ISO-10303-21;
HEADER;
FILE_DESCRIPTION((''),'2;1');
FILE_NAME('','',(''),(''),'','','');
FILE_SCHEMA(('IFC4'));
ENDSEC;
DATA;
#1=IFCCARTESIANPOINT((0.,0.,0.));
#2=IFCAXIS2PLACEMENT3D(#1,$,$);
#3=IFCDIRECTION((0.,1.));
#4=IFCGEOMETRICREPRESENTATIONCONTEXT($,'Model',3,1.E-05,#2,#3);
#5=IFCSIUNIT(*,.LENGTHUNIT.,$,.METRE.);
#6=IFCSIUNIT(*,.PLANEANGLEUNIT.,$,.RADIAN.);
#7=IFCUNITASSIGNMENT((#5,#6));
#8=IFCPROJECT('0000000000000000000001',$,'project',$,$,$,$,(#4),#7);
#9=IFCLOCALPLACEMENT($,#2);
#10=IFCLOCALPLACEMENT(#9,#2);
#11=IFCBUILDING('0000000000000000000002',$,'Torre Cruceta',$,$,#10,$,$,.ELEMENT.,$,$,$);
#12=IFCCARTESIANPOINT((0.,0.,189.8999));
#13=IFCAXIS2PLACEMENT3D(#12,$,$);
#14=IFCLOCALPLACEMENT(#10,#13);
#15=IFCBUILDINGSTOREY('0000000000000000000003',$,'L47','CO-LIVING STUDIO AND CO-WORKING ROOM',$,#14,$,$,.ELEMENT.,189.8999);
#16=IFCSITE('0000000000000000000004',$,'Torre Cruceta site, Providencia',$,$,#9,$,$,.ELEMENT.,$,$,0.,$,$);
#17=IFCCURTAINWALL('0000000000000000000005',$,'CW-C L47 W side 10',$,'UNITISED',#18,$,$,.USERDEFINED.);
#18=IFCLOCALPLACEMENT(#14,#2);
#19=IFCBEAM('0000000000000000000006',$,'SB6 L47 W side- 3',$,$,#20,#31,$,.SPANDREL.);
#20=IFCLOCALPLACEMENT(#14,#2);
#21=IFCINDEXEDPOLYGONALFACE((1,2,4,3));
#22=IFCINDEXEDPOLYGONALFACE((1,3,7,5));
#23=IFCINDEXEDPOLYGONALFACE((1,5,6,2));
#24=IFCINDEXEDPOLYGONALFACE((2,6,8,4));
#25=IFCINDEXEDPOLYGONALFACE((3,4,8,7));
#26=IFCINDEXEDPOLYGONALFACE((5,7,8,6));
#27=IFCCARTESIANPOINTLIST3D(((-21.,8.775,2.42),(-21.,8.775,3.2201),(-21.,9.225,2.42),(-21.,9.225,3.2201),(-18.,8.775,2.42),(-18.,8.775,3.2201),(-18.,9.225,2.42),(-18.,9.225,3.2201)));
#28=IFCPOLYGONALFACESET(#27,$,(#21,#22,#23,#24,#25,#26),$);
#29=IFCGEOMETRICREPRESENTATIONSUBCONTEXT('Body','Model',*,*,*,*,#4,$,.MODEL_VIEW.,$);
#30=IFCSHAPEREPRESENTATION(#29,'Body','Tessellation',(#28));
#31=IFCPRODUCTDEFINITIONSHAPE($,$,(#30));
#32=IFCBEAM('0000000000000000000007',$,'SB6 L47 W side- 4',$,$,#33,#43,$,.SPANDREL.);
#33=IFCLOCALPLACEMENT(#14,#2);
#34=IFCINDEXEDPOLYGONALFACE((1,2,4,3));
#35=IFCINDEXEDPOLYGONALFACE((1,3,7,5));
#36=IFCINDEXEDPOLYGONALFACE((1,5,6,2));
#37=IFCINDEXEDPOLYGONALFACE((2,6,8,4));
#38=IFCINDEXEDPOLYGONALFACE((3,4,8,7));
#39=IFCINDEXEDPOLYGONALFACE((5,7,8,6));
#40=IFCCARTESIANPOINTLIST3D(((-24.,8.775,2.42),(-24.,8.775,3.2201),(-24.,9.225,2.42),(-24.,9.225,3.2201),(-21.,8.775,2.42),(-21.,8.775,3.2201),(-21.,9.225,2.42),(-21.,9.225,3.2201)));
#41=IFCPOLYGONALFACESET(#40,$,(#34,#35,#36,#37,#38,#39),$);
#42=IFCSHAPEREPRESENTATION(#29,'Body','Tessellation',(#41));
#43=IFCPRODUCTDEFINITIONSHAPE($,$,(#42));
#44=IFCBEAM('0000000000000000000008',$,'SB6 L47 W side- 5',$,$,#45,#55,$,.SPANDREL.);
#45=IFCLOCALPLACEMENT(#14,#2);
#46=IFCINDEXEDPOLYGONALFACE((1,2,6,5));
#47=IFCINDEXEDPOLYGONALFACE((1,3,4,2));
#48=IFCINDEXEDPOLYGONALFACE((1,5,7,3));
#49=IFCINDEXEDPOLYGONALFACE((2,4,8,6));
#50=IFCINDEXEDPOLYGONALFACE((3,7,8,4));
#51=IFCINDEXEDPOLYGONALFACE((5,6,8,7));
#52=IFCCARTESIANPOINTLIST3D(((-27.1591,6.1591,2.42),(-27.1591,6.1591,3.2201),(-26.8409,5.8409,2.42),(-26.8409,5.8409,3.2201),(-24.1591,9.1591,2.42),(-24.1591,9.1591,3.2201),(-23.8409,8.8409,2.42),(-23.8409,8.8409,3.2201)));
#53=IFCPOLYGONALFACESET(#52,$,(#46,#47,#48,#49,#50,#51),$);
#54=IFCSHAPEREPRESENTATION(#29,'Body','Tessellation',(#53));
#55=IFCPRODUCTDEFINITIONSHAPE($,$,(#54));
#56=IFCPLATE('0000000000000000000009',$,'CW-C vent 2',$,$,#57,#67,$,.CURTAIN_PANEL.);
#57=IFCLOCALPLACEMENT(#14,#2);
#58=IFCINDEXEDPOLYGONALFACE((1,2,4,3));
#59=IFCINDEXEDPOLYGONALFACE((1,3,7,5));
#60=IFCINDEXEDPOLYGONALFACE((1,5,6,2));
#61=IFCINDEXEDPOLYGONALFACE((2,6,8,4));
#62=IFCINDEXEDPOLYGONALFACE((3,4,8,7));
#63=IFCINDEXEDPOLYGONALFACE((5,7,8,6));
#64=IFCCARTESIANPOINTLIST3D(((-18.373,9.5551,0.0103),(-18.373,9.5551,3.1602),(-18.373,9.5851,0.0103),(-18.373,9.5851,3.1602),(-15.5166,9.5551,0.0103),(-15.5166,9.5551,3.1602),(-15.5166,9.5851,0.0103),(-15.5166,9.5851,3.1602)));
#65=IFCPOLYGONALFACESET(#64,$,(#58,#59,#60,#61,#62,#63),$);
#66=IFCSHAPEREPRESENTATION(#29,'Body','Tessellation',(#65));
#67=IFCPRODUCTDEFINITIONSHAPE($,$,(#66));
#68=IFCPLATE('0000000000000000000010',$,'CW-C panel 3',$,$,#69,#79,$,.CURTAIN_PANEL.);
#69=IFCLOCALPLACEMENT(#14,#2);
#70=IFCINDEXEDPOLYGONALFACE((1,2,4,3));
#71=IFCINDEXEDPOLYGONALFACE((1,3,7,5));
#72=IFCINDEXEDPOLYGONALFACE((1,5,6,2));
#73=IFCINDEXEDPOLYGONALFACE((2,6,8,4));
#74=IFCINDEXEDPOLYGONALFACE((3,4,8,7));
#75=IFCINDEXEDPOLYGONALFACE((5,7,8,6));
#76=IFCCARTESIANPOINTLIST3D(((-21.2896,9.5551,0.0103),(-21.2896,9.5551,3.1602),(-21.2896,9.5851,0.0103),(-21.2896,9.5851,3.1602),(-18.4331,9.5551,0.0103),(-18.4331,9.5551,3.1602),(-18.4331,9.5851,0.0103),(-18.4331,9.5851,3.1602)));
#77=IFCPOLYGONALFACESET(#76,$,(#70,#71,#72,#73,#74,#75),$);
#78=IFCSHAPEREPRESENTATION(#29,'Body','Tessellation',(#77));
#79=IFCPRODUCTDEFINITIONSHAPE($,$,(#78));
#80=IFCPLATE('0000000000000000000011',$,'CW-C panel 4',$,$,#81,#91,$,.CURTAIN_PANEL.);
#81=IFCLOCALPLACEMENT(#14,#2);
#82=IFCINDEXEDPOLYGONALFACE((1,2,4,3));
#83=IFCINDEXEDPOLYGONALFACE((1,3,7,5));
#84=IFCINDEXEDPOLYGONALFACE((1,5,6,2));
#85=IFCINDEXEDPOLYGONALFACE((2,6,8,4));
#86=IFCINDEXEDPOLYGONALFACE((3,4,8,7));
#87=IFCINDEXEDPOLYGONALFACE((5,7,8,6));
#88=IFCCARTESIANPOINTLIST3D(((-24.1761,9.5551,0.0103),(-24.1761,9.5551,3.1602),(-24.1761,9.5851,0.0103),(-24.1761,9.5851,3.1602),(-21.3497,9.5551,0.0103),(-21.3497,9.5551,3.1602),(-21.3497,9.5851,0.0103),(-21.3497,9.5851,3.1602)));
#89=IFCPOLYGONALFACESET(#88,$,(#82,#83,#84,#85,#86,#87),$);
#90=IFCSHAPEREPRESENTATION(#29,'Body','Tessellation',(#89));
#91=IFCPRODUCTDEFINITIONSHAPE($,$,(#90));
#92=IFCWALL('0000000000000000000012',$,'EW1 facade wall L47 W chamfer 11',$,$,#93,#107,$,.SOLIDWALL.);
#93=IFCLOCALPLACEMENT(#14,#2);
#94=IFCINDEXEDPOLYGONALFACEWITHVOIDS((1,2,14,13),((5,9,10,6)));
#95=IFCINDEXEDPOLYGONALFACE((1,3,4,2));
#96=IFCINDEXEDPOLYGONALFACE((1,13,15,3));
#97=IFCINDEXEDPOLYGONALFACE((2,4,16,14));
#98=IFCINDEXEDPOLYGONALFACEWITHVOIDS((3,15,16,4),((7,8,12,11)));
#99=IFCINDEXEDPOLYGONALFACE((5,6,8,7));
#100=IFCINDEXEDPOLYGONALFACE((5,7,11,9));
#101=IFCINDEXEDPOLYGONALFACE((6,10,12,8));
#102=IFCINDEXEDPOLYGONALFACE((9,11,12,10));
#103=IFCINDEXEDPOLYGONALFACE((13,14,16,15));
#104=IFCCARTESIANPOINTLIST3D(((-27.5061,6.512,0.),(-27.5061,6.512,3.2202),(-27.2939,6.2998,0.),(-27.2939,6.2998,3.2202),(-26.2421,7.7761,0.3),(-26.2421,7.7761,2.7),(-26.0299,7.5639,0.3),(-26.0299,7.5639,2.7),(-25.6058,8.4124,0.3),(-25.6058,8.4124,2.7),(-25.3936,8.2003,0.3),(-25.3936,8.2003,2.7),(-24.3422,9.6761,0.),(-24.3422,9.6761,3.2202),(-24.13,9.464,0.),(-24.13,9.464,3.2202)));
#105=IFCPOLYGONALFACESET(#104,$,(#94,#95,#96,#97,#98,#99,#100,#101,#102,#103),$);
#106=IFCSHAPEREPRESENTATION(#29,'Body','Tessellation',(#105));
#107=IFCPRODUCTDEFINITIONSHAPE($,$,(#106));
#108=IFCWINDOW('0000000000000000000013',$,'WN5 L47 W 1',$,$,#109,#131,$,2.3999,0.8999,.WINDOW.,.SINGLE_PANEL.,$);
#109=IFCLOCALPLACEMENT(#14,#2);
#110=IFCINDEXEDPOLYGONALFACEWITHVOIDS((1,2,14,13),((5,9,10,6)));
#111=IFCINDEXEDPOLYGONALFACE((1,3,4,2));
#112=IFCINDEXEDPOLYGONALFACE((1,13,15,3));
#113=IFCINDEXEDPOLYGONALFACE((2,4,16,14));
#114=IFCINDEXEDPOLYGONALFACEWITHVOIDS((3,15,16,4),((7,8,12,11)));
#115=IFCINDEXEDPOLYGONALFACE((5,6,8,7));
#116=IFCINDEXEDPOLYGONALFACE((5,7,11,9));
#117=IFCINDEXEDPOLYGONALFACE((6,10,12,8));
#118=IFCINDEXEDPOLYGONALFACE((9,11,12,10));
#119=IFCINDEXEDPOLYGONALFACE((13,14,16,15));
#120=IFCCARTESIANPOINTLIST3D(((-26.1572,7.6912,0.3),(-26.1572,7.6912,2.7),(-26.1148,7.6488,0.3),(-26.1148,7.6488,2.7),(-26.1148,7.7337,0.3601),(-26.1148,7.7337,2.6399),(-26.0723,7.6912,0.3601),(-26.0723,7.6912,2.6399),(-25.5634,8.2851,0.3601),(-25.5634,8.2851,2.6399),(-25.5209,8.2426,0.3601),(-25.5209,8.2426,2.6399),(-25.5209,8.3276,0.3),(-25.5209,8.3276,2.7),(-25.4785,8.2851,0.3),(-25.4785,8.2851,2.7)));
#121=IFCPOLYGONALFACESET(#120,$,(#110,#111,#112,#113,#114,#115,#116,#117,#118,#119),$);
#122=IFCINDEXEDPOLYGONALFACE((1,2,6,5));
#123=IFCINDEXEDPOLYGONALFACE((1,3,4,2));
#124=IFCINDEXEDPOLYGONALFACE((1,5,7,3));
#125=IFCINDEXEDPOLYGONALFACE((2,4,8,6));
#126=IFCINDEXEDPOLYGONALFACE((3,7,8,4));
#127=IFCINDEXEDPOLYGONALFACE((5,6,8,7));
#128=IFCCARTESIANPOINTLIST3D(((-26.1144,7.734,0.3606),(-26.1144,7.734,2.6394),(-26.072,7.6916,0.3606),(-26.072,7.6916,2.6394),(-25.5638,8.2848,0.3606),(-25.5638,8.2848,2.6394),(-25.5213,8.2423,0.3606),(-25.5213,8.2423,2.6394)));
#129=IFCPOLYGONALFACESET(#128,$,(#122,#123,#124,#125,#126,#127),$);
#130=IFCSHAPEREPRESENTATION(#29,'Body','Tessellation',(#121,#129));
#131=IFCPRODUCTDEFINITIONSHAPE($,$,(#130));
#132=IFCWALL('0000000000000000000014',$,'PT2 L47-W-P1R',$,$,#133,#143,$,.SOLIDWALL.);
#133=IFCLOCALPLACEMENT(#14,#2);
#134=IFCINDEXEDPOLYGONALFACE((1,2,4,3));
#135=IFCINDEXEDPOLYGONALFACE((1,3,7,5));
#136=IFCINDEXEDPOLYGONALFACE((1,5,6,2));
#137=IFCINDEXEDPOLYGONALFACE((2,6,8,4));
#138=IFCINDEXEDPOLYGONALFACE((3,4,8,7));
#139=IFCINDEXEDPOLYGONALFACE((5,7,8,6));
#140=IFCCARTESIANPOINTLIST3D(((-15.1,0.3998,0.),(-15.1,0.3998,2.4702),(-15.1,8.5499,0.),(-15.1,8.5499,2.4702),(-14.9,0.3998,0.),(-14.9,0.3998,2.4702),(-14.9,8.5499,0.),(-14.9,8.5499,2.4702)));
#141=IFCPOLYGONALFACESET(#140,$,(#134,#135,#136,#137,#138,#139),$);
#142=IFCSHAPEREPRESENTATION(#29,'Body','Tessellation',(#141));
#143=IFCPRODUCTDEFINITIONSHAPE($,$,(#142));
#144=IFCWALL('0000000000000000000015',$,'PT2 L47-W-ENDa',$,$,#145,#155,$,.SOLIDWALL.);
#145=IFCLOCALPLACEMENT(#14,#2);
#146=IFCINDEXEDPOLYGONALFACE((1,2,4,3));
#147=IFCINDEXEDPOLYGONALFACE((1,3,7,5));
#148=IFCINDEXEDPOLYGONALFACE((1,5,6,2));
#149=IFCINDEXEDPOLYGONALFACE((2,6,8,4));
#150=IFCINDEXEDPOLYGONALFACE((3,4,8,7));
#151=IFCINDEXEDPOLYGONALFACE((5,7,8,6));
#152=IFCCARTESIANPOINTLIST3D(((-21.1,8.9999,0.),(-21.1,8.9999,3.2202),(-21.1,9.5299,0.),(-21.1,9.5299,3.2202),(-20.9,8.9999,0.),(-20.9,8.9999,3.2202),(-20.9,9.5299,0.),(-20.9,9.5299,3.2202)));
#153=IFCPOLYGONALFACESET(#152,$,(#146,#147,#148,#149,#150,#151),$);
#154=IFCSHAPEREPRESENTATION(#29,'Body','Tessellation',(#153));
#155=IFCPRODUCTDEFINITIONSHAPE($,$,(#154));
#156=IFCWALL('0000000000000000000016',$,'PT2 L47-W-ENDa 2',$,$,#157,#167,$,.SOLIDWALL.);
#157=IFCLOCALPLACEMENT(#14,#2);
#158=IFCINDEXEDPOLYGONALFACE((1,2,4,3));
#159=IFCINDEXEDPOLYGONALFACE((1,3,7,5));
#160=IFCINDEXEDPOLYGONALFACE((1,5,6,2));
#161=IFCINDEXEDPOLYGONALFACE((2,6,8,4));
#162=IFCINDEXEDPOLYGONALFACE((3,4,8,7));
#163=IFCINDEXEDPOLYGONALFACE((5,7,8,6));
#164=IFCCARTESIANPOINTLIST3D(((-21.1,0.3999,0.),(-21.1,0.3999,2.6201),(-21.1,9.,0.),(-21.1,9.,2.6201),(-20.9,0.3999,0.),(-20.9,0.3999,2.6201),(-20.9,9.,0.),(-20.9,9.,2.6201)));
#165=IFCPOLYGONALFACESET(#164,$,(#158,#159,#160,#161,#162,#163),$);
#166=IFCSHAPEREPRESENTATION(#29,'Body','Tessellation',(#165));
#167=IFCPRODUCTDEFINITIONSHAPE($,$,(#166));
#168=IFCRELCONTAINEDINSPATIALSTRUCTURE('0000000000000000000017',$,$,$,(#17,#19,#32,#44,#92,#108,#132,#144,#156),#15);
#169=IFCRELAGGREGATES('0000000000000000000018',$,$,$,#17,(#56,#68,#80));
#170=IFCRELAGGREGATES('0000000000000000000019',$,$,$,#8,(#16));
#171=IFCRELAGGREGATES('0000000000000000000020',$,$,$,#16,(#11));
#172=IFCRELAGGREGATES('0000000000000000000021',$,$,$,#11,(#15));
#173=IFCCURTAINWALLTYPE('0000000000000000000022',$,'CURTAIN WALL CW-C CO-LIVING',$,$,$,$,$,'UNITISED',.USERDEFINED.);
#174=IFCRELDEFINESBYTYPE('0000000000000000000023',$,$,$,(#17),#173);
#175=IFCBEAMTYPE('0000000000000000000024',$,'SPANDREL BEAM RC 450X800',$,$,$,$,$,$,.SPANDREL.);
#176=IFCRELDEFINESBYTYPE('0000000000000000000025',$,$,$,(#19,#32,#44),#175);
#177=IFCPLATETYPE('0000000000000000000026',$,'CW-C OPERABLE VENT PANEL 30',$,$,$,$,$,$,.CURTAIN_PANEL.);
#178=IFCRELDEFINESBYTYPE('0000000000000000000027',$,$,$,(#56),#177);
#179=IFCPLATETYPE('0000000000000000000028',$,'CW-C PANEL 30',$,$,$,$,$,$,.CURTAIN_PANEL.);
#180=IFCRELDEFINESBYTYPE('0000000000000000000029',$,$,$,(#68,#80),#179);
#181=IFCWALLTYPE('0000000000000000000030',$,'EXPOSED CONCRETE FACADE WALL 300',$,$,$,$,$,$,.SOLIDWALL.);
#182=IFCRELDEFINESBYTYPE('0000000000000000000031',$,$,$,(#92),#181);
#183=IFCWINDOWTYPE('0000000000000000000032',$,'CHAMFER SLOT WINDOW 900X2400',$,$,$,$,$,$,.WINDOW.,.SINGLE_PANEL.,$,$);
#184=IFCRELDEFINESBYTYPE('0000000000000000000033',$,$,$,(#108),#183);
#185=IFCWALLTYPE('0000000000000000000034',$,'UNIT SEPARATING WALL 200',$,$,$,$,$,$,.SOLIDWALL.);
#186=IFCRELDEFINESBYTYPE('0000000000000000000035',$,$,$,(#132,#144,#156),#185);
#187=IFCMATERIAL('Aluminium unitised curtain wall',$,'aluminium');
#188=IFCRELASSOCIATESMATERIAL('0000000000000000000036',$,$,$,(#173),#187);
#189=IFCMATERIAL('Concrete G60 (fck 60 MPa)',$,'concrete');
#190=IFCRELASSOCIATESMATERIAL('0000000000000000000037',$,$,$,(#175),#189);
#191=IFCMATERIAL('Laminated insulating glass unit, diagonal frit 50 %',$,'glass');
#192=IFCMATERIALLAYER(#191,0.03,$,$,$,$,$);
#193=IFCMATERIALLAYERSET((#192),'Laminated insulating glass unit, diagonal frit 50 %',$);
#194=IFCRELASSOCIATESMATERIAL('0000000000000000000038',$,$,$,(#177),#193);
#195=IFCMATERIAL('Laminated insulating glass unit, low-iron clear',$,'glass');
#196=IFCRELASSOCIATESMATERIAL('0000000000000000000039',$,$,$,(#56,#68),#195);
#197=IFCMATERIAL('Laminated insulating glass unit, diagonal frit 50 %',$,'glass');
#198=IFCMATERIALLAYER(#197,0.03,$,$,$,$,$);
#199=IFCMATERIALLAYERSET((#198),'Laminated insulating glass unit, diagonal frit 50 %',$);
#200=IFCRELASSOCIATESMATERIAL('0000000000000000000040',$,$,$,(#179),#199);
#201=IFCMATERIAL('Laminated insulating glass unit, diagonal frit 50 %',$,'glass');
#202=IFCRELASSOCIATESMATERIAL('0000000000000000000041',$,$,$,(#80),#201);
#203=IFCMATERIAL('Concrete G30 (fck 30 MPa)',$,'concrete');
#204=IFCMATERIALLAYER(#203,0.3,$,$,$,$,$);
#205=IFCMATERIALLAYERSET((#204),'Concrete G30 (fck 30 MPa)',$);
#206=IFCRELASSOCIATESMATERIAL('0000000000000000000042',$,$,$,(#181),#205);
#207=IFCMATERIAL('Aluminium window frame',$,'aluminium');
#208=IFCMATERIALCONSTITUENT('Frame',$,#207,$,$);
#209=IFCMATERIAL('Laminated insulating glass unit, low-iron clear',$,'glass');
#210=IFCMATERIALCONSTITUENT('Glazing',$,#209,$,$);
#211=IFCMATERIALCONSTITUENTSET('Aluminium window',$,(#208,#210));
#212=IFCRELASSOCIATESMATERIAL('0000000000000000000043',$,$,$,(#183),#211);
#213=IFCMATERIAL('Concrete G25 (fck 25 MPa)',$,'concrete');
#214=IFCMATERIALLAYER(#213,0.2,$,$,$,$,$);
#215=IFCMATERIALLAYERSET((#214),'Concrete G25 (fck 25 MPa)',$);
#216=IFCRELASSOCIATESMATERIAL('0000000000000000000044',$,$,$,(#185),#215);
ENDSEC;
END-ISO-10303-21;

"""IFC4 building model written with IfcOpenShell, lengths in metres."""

from ifc_helpers import new_model, si_unit, direction, frame, frame_2d, origin, origin_2d, place, context, subcontext, project, spatial, rectangle, hollow_rectangle, extrude, material, layer, layer_set, constituent, constituent_set, material_profile, profile_set, type_object, element, fill, aggregate, save


model = new_model("IFC4")

# Units and contexts
model_context = context("Model", 3, precision=1e-05, world=origin(), true_north=direction((0.0, 1.0)))
body_context = subcontext(model_context, "Body", "Model", "MODEL_VIEW")
ifc_project = project(units=[si_unit("LENGTHUNIT", "METRE"), si_unit("PLANEANGLEUNIT", "RADIAN")], contexts=[model_context])

# Site, building, storey
site_placement = place(None, origin())
site = spatial("IfcSite", under=ifc_project, at=site_placement, Name="Torre Cruceta site, Providencia", CompositionType="ELEMENT", RefElevation=0.0)
building_placement = place(site_placement, origin())
building = spatial("IfcBuilding", under=site, at=building_placement, Name="Torre Cruceta", CompositionType="ELEMENT")
storey_placement = place(building_placement, frame((0.0, 0.0, 189.8999)))
storey = spatial("IfcBuildingStorey", under=building, at=storey_placement, Name="L47", Description="CO-LIVING STUDIO AND CO-WORKING ROOM", CompositionType="ELEMENT", Elevation=189.8999)

# Curtain wall
ifc_material_1 = material(Name="Aluminium unitised curtain wall", Category="aluminium")
curtain_wall_type = type_object("IfcCurtainWallType", Name="CURTAIN WALL CW-C CO-LIVING", ElementType="UNITISED", PredefinedType="USERDEFINED", material=ifc_material_1)
curtain_wall_placement = place(storey_placement, origin())
curtain_wall = element("IfcCurtainWall", 1, at=curtain_wall_placement, inside=storey, type_object=curtain_wall_type, Name="CW-C L47 W side 10", ObjectType="UNITISED", PredefinedType="USERDEFINED")

# Beams
ifc_material_2 = material(Name="Concrete G60 (fck 60 MPa)", Category="concrete")
ifc_material_profile_1 = material_profile(ifc_material_2, rectangle(XDim=0.45, YDim=0.8, at=origin_2d()), Name="RC 450X800")
ifc_profile_set_1 = profile_set([ifc_material_profile_1], Name="Concrete G60 (fck 60 MPa)")
beam_type_1 = type_object("IfcBeamType", Name="SPANDREL BEAM RC 450X800", PredefinedType="SPANDREL", material=ifc_profile_set_1)
for number, where, z_axis, x_axis, name in (
    (2, (-18.0, 9.0, 2.8201), (-1.0, 0.0, 0.0), (0.0, -1.0, 0.0), "SB6 L47 W side- 3"),
    (3, (-21.0, 9.0, 2.8201), (-1.0, 0.0, 0.0), (0.0, -1.0, 0.0), "SB6 L47 W side- 4"),
):
    element("IfcBeam", number, at=place(storey_placement, frame(where, z_axis=z_axis, x_axis=x_axis)), inside=storey, type_object=beam_type_1, Name=name, PredefinedType="SPANDREL", context=body_context, shape_type="SweptSolid", body=[
        extrude(rectangle(XDim=0.45, YDim=0.8, at=origin_2d()), origin(), (0.0, 0.0, 1.0), 3.0),
    ])
beam_1_placement = place(storey_placement, frame((-24.0, 9.0, 2.8201), z_axis=(-0.707107, -0.707107, 0.0), x_axis=(0.707107, -0.707107, 0.0)))
element("IfcBeam", 4, at=beam_1_placement, inside=storey, type_object=beam_type_1, Name="SB6 L47 W side- 5", PredefinedType="SPANDREL", context=body_context, shape_type="SweptSolid", body=[
    extrude(rectangle(XDim=0.45, YDim=0.8, at=origin_2d()), origin(), (0.0, 0.0, 1.0), 4.2427),
])

# Plates
ifc_material_3 = material(Name="Laminated insulating glass unit, low-iron clear", Category="glass")
ifc_material_4 = material(Name="Laminated insulating glass unit, diagonal frit 50 %", Category="glass")
ifc_layer_1 = layer(ifc_material_4, 0.03)
ifc_layer_set_1 = layer_set([ifc_layer_1], Name="Laminated insulating glass unit, diagonal frit 50 %")
plate_type_1 = type_object("IfcPlateType", Name="CW-C OPERABLE VENT PANEL 30", PredefinedType="CURTAIN_PANEL", material=ifc_layer_set_1)
plate_1_placement = place(storey_placement, frame((-16.9448, 9.5701, 0.0103), z_axis=(0.0, 0.0, 1.0), x_axis=(-1.0, 0.0, 0.0)))
plate_1 = element("IfcPlate", 5, at=plate_1_placement, type_object=plate_type_1, material=ifc_material_3, Name="CW-C vent 2", PredefinedType="CURTAIN_PANEL", context=body_context, shape_type="SweptSolid", body=[
    extrude(rectangle(XDim=2.8564, YDim=0.03, at=origin_2d()), origin(), (0.0, 0.0, 1.0), 3.1499),
])
ifc_material_5 = material(Name="Laminated insulating glass unit, diagonal frit 50 %", Category="glass")
ifc_layer_2 = layer(ifc_material_5, 0.03)
ifc_layer_set_2 = layer_set([ifc_layer_2], Name="Laminated insulating glass unit, diagonal frit 50 %")
plate_type_2 = type_object("IfcPlateType", Name="CW-C PANEL 30", PredefinedType="CURTAIN_PANEL", material=ifc_layer_set_2)
plate_2_placement = place(storey_placement, frame((-19.8613, 9.5701, 0.0103), z_axis=(0.0, 0.0, 1.0), x_axis=(-1.0, 0.0, 0.0)))
plate_2 = element("IfcPlate", 6, at=plate_2_placement, type_object=plate_type_2, material=ifc_material_3, Name="CW-C panel 3", PredefinedType="CURTAIN_PANEL", context=body_context, shape_type="SweptSolid", body=[
    extrude(rectangle(XDim=2.8564, YDim=0.03, at=origin_2d()), origin(), (0.0, 0.0, 1.0), 3.1499),
])
ifc_material_6 = material(Name="Laminated insulating glass unit, diagonal frit 50 %", Category="glass")
plate_3_placement = place(storey_placement, frame((-22.7629, 9.5701, 0.0103), z_axis=(0.0, 0.0, 1.0), x_axis=(-1.0, 0.0, 0.0)))
plate_3 = element("IfcPlate", 7, at=plate_3_placement, type_object=plate_type_2, material=ifc_material_6, Name="CW-C panel 4", PredefinedType="CURTAIN_PANEL", context=body_context, shape_type="SweptSolid", body=[
    extrude(rectangle(XDim=2.8264, YDim=0.03, at=origin_2d()), origin(), (0.0, 0.0, 1.0), 3.1499),
])
aggregate(curtain_wall, [plate_1, plate_2, plate_3])

# Wall, opening, window
ifc_material_7 = material(Name="Concrete G30 (fck 30 MPa)", Category="concrete")
ifc_layer_3 = layer(ifc_material_7, 0.3)
ifc_layer_set_3 = layer_set([ifc_layer_3], Name="Concrete G30 (fck 30 MPa)")
wall_type_1 = type_object("IfcWallType", Name="EXPOSED CONCRETE FACADE WALL 300", PredefinedType="SOLIDWALL", material=ifc_layer_set_3)
wall_1_placement = place(storey_placement, frame((-24.2361, 9.5701, 0.0), z_axis=(0.0, 0.0, 1.0), x_axis=(-0.707079, -0.707134, 0.0)))
wall_1 = element("IfcWall", 8, at=wall_1_placement, inside=storey, type_object=wall_type_1, Name="EW1 facade wall L47 W chamfer 11", PredefinedType="SOLIDWALL", context=body_context, shape_type="SweptSolid", body=[
    extrude(rectangle(XDim=4.4746, YDim=0.3, at=frame_2d((2.2373, 0.0))), origin(), (0.0, 0.0, 1.0), 3.2202),
])
opening_placement = place(wall_1_placement, frame((1.7871, 0.0, 0.3)))
opening = element("IfcOpeningElement", 9, at=opening_placement, cuts=wall_1, PredefinedType="OPENING", context=body_context, shape_type="SweptSolid", body=[
    extrude(rectangle(XDim=0.8999, YDim=2.3999, at=frame_2d((0.45, 1.2))), frame((0.0, 0.1599, 0.0), z_axis=(0.0, -1.0, 0.0), x_axis=(1.0, 0.0, 0.0)), (0.0, 0.0, 1.0), 0.3201),
])
ifc_material_8 = material(Name="Aluminium window frame", Category="aluminium")
ifc_constituent_1 = constituent(ifc_material_8, Name="Frame")
ifc_material_9 = material(Name="Laminated insulating glass unit, low-iron clear", Category="glass")
ifc_constituent_2 = constituent(ifc_material_9, Name="Glazing")
ifc_constituent_set = constituent_set(constituents=[ifc_constituent_1, ifc_constituent_2], Name="Aluminium window")
window_type = type_object("IfcWindowType", Name="CHAMFER SLOT WINDOW 900X2400", PartitioningType="SINGLE_PANEL", PredefinedType="WINDOW", material=ifc_constituent_set)
window_placement = place(opening_placement, origin())
window = element("IfcWindow", 10, at=window_placement, inside=storey, type_object=window_type, Name="WN5 L47 W 1", OverallHeight=2.3999, OverallWidth=0.8999, PartitioningType="SINGLE_PANEL", PredefinedType="WINDOW", context=body_context, shape_type="SweptSolid", body=[
    extrude(hollow_rectangle(XDim=0.8999, YDim=2.3999, WallThickness=0.0601, at=frame_2d((0.45, 1.2))), frame((0.0, 0.03, 0.0), z_axis=(0.0, -1.0, 0.0), x_axis=(1.0, 0.0, 0.0)), (0.0, 0.0, 1.0), 0.0601),
    extrude(rectangle(XDim=0.7788, YDim=2.2788, at=frame_2d((0.45, 1.2))), frame((0.0, 0.03, 0.0), z_axis=(0.0, -1.0, 0.0), x_axis=(1.0, 0.0, 0.0)), (0.0, 0.0, 1.0), 0.0601),
])
fill(opening, window)

# Walls
ifc_material_10 = material(Name="Concrete G25 (fck 25 MPa)", Category="concrete")
ifc_layer_4 = layer(ifc_material_10, 0.2)
ifc_layer_set_4 = layer_set([ifc_layer_4], Name="Concrete G25 (fck 25 MPa)")
wall_type_2 = type_object("IfcWallType", Name="UNIT SEPARATING WALL 200", PredefinedType="SOLIDWALL", material=ifc_layer_set_4)
wall_2_placement = place(storey_placement, frame((-15.0, 8.55, 0.0), z_axis=(0.0, 0.0, 1.0), x_axis=(0.0, -1.0, 0.0)))
element("IfcWall", 11, at=wall_2_placement, inside=storey, type_object=wall_type_2, Name="PT2 L47-W-P1R", PredefinedType="SOLIDWALL", context=body_context, shape_type="SweptSolid", body=[
    extrude(rectangle(XDim=8.1501, YDim=0.2, at=frame_2d((4.0752, 0.0))), origin(), (0.0, 0.0, 1.0), 2.4702),
])
wall_3_placement = place(storey_placement, frame((-21.0, 9.53, 0.0), z_axis=(0.0, 0.0, 1.0), x_axis=(0.0, -1.0, 0.0)))
element("IfcWall", 12, at=wall_3_placement, inside=storey, type_object=wall_type_2, Name="PT2 L47-W-ENDa", PredefinedType="SOLIDWALL", context=body_context, shape_type="SweptSolid", body=[
    extrude(rectangle(XDim=0.53, YDim=0.2, at=frame_2d((0.2651, 0.0))), origin(), (0.0, 0.0, 1.0), 3.2202),
])
wall_4_placement = place(storey_placement, frame((-21.0, 9.0, 0.0), z_axis=(0.0, 0.0, 1.0), x_axis=(0.0, -1.0, 0.0)))
element("IfcWall", 13, at=wall_4_placement, inside=storey, type_object=wall_type_2, Name="PT2 L47-W-ENDa 2", PredefinedType="SOLIDWALL", context=body_context, shape_type="SweptSolid", body=[
    extrude(rectangle(XDim=8.6001, YDim=0.2, at=frame_2d((4.3, 0.0))), origin(), (0.0, 0.0, 1.0), 2.6201),
])

save(model, "model.ifc")
